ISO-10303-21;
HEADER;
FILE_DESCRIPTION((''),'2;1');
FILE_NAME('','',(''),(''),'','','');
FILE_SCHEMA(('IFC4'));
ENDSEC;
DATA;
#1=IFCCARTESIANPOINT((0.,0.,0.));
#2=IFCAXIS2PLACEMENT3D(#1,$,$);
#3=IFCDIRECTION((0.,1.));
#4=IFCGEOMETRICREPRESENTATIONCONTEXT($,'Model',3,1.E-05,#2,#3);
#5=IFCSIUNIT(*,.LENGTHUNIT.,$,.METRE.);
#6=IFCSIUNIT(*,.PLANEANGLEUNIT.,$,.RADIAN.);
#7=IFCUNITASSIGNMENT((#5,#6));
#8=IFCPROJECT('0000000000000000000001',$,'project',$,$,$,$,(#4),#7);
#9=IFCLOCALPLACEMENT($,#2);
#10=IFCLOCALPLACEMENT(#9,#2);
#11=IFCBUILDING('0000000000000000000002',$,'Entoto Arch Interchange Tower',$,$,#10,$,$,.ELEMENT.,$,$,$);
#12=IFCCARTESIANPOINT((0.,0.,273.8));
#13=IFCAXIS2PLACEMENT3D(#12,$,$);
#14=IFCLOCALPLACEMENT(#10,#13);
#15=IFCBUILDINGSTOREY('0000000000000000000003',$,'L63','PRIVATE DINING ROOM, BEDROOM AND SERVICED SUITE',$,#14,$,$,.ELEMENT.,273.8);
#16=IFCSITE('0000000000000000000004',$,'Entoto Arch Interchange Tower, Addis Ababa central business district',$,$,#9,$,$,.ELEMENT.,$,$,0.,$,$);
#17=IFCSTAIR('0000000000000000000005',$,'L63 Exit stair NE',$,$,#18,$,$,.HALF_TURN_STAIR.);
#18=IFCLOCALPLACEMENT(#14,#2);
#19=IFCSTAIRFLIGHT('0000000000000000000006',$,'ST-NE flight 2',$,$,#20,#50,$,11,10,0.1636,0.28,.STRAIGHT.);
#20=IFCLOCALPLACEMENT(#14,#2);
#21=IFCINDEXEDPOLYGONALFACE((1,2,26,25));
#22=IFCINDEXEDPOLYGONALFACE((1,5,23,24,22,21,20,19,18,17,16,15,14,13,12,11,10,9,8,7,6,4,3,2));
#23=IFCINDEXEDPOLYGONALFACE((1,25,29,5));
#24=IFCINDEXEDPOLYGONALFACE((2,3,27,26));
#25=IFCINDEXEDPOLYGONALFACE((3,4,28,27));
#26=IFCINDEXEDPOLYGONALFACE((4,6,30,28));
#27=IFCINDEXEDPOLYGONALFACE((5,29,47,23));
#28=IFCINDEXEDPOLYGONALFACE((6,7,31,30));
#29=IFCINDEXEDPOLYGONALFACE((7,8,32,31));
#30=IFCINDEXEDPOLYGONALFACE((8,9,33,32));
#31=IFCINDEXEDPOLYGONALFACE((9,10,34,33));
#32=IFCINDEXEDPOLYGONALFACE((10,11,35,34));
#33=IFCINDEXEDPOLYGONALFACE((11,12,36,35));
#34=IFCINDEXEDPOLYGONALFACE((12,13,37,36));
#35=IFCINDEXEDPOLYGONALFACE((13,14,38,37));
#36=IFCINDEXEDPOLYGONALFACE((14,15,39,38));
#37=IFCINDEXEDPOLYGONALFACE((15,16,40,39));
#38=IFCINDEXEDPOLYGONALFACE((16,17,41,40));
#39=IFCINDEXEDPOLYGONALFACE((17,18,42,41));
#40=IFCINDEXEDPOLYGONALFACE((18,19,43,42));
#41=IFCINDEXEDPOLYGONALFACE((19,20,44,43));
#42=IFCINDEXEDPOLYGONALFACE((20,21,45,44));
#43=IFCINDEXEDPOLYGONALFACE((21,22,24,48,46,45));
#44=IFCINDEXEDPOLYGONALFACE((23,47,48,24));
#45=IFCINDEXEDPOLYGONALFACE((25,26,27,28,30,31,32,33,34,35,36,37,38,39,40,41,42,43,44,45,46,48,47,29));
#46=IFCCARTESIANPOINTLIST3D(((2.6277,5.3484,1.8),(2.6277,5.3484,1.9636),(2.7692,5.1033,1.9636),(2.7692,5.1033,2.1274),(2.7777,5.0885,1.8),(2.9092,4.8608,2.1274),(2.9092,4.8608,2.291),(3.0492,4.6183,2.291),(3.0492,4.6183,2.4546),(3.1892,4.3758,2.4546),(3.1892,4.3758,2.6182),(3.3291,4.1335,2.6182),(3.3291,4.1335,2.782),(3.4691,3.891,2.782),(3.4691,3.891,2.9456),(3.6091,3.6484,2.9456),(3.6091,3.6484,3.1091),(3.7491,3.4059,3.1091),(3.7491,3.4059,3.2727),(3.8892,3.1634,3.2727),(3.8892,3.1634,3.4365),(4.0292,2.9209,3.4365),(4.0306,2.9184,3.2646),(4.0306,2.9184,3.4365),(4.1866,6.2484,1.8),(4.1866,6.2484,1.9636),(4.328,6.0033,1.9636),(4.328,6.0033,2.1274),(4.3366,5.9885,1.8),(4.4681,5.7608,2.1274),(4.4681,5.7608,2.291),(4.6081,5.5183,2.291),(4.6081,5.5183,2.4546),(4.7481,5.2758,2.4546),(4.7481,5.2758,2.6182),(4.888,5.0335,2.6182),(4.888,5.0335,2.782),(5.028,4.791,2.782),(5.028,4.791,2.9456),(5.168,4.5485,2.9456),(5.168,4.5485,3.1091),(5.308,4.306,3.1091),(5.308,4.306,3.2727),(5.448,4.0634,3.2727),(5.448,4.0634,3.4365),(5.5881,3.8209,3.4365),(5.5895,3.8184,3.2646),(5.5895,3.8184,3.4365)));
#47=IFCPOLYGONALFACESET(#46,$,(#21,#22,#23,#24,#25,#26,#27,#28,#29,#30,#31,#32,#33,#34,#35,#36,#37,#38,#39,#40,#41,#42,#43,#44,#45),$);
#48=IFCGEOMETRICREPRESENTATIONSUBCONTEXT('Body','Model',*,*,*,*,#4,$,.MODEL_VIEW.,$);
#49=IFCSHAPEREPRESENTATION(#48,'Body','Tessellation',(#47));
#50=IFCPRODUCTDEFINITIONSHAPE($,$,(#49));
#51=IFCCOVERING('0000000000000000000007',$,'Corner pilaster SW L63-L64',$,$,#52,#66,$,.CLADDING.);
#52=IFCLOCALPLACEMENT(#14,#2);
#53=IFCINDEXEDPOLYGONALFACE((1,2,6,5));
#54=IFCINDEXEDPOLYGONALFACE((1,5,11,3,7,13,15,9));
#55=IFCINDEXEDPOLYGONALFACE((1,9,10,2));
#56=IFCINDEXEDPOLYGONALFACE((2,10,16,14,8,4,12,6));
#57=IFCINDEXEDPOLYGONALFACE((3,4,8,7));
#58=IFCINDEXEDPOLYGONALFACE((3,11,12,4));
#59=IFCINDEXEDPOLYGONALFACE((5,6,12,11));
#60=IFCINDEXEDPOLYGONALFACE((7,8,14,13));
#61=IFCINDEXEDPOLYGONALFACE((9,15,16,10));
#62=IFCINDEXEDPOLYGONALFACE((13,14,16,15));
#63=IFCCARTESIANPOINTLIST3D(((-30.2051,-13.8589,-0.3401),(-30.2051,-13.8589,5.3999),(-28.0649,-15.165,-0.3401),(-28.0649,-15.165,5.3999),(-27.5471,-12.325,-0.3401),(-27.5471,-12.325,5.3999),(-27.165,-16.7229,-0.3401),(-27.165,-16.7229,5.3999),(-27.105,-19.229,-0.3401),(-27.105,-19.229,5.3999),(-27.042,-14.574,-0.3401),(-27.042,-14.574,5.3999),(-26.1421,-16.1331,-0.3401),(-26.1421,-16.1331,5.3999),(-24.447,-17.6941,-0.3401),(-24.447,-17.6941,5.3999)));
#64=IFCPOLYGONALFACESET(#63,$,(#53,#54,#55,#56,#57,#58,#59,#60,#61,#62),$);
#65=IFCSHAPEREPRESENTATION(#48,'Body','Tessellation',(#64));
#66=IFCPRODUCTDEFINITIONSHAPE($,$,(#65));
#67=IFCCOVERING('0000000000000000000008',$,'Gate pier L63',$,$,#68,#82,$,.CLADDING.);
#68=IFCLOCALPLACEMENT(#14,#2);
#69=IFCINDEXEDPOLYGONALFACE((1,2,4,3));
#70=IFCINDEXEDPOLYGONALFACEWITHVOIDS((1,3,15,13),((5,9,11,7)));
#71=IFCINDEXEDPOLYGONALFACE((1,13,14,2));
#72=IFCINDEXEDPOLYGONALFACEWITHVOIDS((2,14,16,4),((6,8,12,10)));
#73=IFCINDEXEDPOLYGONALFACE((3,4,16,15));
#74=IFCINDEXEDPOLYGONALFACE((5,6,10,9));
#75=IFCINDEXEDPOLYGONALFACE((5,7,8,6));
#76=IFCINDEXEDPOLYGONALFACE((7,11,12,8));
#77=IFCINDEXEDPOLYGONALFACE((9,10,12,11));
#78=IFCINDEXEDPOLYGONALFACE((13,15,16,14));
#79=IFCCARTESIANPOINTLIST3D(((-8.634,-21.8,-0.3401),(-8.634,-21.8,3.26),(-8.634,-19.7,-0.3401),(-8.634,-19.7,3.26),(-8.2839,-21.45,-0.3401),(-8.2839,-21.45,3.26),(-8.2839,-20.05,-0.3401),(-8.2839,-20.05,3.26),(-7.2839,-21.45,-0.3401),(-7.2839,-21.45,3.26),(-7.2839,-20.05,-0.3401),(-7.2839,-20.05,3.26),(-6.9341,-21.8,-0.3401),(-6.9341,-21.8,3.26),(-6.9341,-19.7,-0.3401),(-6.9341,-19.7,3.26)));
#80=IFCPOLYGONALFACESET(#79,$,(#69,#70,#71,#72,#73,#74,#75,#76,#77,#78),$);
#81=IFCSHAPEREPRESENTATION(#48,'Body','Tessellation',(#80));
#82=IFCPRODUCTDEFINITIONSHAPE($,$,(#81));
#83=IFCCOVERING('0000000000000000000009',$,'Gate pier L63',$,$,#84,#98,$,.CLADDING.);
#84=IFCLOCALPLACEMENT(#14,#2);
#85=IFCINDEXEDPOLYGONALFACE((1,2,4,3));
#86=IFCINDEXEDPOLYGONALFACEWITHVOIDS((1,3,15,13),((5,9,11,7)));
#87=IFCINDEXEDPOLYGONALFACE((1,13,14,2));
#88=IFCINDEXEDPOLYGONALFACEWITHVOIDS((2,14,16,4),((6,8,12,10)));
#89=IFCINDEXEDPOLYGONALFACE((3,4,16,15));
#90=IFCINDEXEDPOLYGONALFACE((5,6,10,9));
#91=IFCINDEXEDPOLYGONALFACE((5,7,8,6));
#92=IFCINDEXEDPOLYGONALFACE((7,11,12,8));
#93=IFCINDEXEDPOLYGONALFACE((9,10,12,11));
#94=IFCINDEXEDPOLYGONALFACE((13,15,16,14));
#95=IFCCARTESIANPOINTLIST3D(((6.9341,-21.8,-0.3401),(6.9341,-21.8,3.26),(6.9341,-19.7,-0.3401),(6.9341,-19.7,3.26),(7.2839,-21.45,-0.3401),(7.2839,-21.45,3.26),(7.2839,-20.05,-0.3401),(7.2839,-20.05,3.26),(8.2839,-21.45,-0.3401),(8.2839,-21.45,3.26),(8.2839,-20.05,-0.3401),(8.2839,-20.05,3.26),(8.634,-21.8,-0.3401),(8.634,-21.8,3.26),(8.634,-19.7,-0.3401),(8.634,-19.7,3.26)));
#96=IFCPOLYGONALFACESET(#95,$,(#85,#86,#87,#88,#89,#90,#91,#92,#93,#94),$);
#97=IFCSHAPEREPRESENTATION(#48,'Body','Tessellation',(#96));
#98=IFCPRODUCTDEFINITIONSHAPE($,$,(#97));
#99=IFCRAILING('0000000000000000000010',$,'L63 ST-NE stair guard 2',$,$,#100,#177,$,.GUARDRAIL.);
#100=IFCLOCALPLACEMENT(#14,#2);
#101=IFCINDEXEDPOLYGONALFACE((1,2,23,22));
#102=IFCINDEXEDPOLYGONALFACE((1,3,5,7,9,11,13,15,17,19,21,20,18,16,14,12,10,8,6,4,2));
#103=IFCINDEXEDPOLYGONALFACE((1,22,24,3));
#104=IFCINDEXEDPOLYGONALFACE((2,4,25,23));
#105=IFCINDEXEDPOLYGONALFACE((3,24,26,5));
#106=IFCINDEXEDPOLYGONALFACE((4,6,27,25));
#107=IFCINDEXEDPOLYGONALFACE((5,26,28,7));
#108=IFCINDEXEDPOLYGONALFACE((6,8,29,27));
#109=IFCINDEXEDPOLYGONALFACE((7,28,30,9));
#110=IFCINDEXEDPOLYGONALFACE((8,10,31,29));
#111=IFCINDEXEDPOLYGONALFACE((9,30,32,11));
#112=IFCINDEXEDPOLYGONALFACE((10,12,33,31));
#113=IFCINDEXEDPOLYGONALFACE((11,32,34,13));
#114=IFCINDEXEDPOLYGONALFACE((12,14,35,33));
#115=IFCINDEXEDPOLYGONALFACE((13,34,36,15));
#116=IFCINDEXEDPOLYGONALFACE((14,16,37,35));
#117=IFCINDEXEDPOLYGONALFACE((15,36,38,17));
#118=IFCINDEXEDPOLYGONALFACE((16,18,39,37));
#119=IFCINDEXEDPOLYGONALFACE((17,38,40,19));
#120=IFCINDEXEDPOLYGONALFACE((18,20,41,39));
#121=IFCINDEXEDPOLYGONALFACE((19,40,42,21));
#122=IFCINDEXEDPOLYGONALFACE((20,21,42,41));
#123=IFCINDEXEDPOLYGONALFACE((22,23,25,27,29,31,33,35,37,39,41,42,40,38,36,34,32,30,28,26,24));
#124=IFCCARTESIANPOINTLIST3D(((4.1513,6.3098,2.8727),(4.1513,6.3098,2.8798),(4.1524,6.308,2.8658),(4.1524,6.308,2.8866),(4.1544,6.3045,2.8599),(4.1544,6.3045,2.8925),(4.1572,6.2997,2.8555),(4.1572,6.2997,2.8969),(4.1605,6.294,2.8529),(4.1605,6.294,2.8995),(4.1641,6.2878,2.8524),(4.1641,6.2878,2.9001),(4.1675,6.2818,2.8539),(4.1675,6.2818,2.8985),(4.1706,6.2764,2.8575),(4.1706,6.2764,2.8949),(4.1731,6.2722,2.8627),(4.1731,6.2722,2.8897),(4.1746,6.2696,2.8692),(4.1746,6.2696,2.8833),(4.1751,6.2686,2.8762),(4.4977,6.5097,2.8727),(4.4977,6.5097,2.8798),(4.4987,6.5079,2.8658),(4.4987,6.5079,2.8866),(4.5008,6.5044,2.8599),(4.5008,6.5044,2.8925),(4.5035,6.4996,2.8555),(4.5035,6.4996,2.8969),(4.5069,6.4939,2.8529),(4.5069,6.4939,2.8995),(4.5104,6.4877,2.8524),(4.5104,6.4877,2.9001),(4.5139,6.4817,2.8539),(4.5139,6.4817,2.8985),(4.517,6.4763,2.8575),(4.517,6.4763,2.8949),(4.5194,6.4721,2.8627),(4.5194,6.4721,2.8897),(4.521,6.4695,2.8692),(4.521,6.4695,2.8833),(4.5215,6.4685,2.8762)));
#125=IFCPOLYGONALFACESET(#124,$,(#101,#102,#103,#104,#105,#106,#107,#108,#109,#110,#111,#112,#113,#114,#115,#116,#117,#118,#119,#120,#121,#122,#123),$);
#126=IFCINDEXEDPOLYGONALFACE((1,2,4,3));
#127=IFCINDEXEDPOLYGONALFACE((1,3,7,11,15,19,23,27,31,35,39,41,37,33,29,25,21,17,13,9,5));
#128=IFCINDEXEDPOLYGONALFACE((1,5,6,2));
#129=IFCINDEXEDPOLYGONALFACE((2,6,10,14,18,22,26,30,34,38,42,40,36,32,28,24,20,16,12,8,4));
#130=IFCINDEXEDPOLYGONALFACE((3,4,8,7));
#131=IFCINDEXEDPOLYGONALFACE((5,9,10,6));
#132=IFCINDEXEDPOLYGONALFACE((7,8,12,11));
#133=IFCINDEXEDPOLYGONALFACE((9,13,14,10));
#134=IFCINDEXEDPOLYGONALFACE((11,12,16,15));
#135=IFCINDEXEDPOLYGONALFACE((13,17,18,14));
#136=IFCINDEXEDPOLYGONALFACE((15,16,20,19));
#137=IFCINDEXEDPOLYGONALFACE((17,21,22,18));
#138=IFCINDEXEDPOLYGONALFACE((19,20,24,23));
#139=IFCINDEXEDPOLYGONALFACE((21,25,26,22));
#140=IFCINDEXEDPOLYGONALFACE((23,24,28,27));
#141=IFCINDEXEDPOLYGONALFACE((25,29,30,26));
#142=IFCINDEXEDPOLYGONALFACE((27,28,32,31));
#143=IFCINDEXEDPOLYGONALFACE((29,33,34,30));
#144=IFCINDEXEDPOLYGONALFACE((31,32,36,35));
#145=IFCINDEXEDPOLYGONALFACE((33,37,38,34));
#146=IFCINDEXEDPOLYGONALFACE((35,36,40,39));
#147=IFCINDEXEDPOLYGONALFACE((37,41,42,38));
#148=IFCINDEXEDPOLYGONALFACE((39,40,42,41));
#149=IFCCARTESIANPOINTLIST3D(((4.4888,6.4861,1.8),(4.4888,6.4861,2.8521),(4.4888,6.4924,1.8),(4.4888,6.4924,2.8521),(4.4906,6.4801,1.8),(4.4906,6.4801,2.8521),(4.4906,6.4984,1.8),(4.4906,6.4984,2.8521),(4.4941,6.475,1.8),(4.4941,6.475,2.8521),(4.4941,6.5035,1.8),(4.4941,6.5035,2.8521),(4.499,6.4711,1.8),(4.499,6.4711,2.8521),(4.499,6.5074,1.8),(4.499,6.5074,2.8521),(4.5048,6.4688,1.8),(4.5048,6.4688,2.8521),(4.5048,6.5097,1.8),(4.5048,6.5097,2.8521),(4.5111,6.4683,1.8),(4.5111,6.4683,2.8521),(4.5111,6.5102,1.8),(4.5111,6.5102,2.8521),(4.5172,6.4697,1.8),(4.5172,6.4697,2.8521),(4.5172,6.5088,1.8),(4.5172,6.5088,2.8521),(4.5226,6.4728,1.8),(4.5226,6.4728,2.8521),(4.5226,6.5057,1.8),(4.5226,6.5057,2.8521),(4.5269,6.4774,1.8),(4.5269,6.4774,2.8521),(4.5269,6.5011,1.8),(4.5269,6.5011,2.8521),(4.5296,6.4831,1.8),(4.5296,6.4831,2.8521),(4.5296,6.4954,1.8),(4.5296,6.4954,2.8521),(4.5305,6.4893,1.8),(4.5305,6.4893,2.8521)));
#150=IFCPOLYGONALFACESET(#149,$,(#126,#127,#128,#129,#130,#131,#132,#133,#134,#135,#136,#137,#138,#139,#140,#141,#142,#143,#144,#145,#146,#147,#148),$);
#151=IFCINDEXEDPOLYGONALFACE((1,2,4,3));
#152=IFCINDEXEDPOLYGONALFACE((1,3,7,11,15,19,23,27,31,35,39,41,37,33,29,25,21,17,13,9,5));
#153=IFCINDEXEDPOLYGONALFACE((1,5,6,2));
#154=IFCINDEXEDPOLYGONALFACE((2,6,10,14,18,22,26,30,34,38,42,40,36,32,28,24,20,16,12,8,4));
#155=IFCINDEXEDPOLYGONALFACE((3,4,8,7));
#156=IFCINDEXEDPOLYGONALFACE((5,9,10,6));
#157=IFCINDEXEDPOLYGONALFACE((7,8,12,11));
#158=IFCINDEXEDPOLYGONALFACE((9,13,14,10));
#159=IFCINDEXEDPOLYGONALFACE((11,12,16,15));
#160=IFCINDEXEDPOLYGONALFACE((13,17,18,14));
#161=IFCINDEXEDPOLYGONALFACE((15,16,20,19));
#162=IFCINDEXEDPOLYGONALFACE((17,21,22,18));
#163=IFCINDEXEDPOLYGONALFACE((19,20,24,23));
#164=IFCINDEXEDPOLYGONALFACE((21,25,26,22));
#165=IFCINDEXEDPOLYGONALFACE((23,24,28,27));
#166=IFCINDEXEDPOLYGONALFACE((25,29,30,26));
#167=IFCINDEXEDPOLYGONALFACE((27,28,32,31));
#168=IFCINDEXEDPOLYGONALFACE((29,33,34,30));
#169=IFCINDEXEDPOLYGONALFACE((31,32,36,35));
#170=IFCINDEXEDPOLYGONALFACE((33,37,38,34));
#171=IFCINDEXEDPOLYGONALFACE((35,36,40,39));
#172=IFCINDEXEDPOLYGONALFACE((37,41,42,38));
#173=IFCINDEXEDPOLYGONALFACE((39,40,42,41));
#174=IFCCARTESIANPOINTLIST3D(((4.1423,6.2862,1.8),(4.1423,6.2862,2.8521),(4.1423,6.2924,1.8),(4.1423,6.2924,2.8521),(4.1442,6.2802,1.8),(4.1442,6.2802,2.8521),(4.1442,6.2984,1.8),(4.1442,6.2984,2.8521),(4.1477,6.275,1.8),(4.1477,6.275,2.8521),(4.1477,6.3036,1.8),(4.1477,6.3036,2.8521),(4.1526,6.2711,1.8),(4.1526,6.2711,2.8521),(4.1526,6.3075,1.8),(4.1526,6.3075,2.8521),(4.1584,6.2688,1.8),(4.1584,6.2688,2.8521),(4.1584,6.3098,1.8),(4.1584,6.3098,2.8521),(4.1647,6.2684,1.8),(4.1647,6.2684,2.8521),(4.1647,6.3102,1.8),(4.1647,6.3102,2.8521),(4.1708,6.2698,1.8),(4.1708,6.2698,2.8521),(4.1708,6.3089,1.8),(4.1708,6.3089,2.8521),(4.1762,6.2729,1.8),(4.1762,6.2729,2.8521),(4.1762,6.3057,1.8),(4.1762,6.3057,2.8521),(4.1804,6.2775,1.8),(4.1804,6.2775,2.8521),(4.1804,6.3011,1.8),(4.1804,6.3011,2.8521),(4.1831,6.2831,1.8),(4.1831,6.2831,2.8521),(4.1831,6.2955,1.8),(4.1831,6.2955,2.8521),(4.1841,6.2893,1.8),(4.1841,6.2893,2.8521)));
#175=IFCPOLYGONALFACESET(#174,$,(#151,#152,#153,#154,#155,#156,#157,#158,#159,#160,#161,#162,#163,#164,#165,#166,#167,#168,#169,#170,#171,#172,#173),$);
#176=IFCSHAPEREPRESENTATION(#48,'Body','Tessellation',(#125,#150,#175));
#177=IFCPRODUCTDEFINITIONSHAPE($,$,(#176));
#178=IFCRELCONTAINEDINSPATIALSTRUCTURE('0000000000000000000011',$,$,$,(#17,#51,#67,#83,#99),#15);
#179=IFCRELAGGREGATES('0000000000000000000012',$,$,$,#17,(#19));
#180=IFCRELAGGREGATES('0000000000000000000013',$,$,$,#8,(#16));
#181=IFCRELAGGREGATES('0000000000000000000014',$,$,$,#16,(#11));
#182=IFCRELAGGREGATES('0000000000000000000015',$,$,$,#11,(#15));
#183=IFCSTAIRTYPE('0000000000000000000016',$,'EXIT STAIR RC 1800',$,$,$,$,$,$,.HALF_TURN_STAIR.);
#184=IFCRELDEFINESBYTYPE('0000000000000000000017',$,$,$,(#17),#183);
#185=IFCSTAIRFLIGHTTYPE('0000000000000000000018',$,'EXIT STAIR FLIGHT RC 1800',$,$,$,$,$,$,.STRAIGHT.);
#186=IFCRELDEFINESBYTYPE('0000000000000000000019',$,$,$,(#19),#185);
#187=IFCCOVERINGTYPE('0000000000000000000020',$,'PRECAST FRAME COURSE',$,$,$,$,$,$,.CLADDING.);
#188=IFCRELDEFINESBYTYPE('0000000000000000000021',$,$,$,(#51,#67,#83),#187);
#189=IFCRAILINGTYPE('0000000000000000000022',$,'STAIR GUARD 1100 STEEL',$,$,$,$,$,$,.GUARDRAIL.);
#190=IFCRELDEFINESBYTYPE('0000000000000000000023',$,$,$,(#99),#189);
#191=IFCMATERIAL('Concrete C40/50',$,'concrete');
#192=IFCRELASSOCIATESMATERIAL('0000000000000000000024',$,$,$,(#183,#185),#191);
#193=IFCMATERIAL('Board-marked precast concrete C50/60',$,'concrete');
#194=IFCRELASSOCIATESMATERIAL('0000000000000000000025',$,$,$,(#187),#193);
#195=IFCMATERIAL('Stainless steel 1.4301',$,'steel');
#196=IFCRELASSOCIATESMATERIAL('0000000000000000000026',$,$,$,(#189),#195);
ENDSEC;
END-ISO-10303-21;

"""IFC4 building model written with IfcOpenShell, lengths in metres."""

from ifc_helpers import new_model, si_unit, direction, frame, origin, origin_2d, place, context, subcontext, project, spatial, polyline, circle, outline, extrude, material, type_object, element, aggregate, save


model = new_model("IFC4")

# Units and contexts
model_context = context("Model", 3, precision=1e-05, world=origin(), true_north=direction((0.0, 1.0)))
body_context = subcontext(model_context, "Body", "Model", "MODEL_VIEW")
ifc_project = project(units=[si_unit("LENGTHUNIT", "METRE"), si_unit("PLANEANGLEUNIT", "RADIAN")], contexts=[model_context])

# Site, building, storey
site_placement = place(None, origin())
site = spatial("IfcSite", under=ifc_project, at=site_placement, Name="Entoto Arch Interchange Tower, Addis Ababa central business district", CompositionType="ELEMENT", RefElevation=0.0)
building_placement = place(site_placement, origin())
building = spatial("IfcBuilding", under=site, at=building_placement, Name="Entoto Arch Interchange Tower", CompositionType="ELEMENT")
storey_placement = place(building_placement, frame((0.0, 0.0, 273.8)))
storey = spatial("IfcBuildingStorey", under=building, at=storey_placement, Name="L63", Description="PRIVATE DINING ROOM, BEDROOM AND SERVICED SUITE", CompositionType="ELEMENT", Elevation=273.8)

# Shared definitions
ifc_material_1 = material(Name="Concrete C40/50", Category="concrete")

# Stair
stair_type = type_object("IfcStairType", Name="EXIT STAIR RC 1800", PredefinedType="HALF_TURN_STAIR", material=ifc_material_1)
stair_1_placement = place(storey_placement, origin())
stair_1 = element("IfcStair", 1, at=stair_1_placement, inside=storey, type_object=stair_type, Name="L63 Exit stair NE", PredefinedType="HALF_TURN_STAIR")

# Stair flight
stair_flight_type = type_object("IfcStairFlightType", Name="EXIT STAIR FLIGHT RC 1800", PredefinedType="STRAIGHT", material=ifc_material_1)
stair_flight_placement = place(storey_placement, frame((3.4087, 5.7959, 1.8), z_axis=(0.0, 0.0, 1.0), x_axis=(0.5, -0.866025, 0.0)))
stair_flight = element("IfcStairFlight", 2, at=stair_flight_placement, type_object=stair_flight_type, Name="ST-NE flight 2", NumberOfRisers=11, NumberOfTreads=10, PredefinedType="STRAIGHT", RiserHeight=0.1636, TreadLength=0.28, context=body_context, shape_type="SweptSolid", body=[
    extrude(outline(polyline([(-0.0029, 0.0), (-0.0029, 0.1636), (0.28, 0.1636), (0.28, 0.3274), (0.5601, 0.3274), (0.5601, 0.491), (0.8401, 0.491), (0.8401, 0.6545), (1.1201, 0.6545), (1.1201, 0.8181), (1.3999, 0.8181), (1.3999, 0.9819), (1.6799, 0.9819), (1.6799, 1.1455), (1.96, 1.1455), (1.96, 1.3091), (2.24, 1.3091), (2.24, 1.4727), (2.52, 1.4727), (2.52, 1.6365), (2.8, 1.6365), (2.803, 1.6365), (2.803, 1.4646), (0.2971, 0.0), (-0.0029, 0.0)])), frame((0.0, 0.8999, 0.0), z_axis=(0.0, -1.0, 0.0), x_axis=(1.0, 0.0, 0.0)), (0.0, 0.0, 1.0), 1.8),
])
aggregate(stair_1, [stair_flight])

# Coverings
ifc_material_2 = material(Name="Board-marked precast concrete C50/60", Category="concrete")
covering_type = type_object("IfcCoveringType", Name="PRECAST FRAME COURSE", PredefinedType="CLADDING", material=ifc_material_2)
covering_1_placement = place(storey_placement, frame((0.0, 0.0, -0.3401)))
element("IfcCovering", 3, at=covering_1_placement, inside=storey, type_object=covering_type, Name="Corner pilaster SW L63-L64", PredefinedType="CLADDING", context=body_context, shape_type="SweptSolid", body=[
    extrude(outline(polyline([(-27.105, -19.229), (-30.2051, -13.8589), (-27.5471, -12.325), (-27.042, -14.574), (-28.0649, -15.165), (-27.165, -16.7229), (-26.1421, -16.1331), (-24.447, -17.6941), (-27.105, -19.229)])), origin(), (0.0, 0.0, 1.0), 5.74),
])
covering_2_placement = place(storey_placement, frame((0.0, 0.0, -0.3401)))
element("IfcCovering", 4, at=covering_2_placement, inside=storey, type_object=covering_type, Name="Gate pier L63", PredefinedType="CLADDING", context=body_context, shape_type="SweptSolid", body=[
    extrude(outline(polyline([(-8.634, -19.7), (-6.9341, -19.7), (-6.9341, -21.8), (-8.634, -21.8), (-8.634, -19.7)]), holes=[polyline([(-8.2839, -20.05), (-8.2839, -21.45), (-7.2839, -21.45), (-7.2839, -20.05), (-8.2839, -20.05)])]), origin(), (0.0, 0.0, 1.0), 3.6001),
])
covering_3_placement = place(storey_placement, frame((0.0, 0.0, -0.3401)))
element("IfcCovering", 5, at=covering_3_placement, inside=storey, type_object=covering_type, Name="Gate pier L63", PredefinedType="CLADDING", context=body_context, shape_type="SweptSolid", body=[
    extrude(outline(polyline([(6.9341, -19.7), (8.634, -19.7), (8.634, -21.8), (6.9341, -21.8), (6.9341, -19.7)]), holes=[polyline([(7.2839, -20.05), (7.2839, -21.45), (8.2839, -21.45), (8.2839, -20.05), (7.2839, -20.05)])]), origin(), (0.0, 0.0, 1.0), 3.6001),
])

# Railing
ifc_material_3 = material(Name="Stainless steel 1.4301", Category="steel")
railing_type_1 = type_object("IfcRailingType", Name="STAIR GUARD 1100 STEEL", PredefinedType="GUARDRAIL", material=ifc_material_3)
railing_1_placement = place(storey_placement, frame((4.5095, 6.4893, 1.8)))
element("IfcRailing", 6, at=railing_1_placement, inside=storey, type_object=railing_type_1, Name="L63 ST-NE stair guard 2", PredefinedType="GUARDRAIL", context=body_context, shape_type="SweptSolid", body=[
    extrude(circle(Radius=0.0239, at=origin_2d()), frame((0.0, 0.0, 1.0762), z_axis=(-0.866094, -0.499881, 0.0), x_axis=(0.499881, -0.866094, 0.0)), (0.0, 0.0, 1.0), 0.3999),
    extrude(circle(Radius=0.021, at=origin_2d()), origin(), (0.0, 0.0, 1.0), 1.052),
    extrude(circle(Radius=0.021, at=origin_2d()), frame((-0.3464, -0.2, 0.0)), (0.0, 0.0, 1.0), 1.052),
])

save(model, "model.ifc")
